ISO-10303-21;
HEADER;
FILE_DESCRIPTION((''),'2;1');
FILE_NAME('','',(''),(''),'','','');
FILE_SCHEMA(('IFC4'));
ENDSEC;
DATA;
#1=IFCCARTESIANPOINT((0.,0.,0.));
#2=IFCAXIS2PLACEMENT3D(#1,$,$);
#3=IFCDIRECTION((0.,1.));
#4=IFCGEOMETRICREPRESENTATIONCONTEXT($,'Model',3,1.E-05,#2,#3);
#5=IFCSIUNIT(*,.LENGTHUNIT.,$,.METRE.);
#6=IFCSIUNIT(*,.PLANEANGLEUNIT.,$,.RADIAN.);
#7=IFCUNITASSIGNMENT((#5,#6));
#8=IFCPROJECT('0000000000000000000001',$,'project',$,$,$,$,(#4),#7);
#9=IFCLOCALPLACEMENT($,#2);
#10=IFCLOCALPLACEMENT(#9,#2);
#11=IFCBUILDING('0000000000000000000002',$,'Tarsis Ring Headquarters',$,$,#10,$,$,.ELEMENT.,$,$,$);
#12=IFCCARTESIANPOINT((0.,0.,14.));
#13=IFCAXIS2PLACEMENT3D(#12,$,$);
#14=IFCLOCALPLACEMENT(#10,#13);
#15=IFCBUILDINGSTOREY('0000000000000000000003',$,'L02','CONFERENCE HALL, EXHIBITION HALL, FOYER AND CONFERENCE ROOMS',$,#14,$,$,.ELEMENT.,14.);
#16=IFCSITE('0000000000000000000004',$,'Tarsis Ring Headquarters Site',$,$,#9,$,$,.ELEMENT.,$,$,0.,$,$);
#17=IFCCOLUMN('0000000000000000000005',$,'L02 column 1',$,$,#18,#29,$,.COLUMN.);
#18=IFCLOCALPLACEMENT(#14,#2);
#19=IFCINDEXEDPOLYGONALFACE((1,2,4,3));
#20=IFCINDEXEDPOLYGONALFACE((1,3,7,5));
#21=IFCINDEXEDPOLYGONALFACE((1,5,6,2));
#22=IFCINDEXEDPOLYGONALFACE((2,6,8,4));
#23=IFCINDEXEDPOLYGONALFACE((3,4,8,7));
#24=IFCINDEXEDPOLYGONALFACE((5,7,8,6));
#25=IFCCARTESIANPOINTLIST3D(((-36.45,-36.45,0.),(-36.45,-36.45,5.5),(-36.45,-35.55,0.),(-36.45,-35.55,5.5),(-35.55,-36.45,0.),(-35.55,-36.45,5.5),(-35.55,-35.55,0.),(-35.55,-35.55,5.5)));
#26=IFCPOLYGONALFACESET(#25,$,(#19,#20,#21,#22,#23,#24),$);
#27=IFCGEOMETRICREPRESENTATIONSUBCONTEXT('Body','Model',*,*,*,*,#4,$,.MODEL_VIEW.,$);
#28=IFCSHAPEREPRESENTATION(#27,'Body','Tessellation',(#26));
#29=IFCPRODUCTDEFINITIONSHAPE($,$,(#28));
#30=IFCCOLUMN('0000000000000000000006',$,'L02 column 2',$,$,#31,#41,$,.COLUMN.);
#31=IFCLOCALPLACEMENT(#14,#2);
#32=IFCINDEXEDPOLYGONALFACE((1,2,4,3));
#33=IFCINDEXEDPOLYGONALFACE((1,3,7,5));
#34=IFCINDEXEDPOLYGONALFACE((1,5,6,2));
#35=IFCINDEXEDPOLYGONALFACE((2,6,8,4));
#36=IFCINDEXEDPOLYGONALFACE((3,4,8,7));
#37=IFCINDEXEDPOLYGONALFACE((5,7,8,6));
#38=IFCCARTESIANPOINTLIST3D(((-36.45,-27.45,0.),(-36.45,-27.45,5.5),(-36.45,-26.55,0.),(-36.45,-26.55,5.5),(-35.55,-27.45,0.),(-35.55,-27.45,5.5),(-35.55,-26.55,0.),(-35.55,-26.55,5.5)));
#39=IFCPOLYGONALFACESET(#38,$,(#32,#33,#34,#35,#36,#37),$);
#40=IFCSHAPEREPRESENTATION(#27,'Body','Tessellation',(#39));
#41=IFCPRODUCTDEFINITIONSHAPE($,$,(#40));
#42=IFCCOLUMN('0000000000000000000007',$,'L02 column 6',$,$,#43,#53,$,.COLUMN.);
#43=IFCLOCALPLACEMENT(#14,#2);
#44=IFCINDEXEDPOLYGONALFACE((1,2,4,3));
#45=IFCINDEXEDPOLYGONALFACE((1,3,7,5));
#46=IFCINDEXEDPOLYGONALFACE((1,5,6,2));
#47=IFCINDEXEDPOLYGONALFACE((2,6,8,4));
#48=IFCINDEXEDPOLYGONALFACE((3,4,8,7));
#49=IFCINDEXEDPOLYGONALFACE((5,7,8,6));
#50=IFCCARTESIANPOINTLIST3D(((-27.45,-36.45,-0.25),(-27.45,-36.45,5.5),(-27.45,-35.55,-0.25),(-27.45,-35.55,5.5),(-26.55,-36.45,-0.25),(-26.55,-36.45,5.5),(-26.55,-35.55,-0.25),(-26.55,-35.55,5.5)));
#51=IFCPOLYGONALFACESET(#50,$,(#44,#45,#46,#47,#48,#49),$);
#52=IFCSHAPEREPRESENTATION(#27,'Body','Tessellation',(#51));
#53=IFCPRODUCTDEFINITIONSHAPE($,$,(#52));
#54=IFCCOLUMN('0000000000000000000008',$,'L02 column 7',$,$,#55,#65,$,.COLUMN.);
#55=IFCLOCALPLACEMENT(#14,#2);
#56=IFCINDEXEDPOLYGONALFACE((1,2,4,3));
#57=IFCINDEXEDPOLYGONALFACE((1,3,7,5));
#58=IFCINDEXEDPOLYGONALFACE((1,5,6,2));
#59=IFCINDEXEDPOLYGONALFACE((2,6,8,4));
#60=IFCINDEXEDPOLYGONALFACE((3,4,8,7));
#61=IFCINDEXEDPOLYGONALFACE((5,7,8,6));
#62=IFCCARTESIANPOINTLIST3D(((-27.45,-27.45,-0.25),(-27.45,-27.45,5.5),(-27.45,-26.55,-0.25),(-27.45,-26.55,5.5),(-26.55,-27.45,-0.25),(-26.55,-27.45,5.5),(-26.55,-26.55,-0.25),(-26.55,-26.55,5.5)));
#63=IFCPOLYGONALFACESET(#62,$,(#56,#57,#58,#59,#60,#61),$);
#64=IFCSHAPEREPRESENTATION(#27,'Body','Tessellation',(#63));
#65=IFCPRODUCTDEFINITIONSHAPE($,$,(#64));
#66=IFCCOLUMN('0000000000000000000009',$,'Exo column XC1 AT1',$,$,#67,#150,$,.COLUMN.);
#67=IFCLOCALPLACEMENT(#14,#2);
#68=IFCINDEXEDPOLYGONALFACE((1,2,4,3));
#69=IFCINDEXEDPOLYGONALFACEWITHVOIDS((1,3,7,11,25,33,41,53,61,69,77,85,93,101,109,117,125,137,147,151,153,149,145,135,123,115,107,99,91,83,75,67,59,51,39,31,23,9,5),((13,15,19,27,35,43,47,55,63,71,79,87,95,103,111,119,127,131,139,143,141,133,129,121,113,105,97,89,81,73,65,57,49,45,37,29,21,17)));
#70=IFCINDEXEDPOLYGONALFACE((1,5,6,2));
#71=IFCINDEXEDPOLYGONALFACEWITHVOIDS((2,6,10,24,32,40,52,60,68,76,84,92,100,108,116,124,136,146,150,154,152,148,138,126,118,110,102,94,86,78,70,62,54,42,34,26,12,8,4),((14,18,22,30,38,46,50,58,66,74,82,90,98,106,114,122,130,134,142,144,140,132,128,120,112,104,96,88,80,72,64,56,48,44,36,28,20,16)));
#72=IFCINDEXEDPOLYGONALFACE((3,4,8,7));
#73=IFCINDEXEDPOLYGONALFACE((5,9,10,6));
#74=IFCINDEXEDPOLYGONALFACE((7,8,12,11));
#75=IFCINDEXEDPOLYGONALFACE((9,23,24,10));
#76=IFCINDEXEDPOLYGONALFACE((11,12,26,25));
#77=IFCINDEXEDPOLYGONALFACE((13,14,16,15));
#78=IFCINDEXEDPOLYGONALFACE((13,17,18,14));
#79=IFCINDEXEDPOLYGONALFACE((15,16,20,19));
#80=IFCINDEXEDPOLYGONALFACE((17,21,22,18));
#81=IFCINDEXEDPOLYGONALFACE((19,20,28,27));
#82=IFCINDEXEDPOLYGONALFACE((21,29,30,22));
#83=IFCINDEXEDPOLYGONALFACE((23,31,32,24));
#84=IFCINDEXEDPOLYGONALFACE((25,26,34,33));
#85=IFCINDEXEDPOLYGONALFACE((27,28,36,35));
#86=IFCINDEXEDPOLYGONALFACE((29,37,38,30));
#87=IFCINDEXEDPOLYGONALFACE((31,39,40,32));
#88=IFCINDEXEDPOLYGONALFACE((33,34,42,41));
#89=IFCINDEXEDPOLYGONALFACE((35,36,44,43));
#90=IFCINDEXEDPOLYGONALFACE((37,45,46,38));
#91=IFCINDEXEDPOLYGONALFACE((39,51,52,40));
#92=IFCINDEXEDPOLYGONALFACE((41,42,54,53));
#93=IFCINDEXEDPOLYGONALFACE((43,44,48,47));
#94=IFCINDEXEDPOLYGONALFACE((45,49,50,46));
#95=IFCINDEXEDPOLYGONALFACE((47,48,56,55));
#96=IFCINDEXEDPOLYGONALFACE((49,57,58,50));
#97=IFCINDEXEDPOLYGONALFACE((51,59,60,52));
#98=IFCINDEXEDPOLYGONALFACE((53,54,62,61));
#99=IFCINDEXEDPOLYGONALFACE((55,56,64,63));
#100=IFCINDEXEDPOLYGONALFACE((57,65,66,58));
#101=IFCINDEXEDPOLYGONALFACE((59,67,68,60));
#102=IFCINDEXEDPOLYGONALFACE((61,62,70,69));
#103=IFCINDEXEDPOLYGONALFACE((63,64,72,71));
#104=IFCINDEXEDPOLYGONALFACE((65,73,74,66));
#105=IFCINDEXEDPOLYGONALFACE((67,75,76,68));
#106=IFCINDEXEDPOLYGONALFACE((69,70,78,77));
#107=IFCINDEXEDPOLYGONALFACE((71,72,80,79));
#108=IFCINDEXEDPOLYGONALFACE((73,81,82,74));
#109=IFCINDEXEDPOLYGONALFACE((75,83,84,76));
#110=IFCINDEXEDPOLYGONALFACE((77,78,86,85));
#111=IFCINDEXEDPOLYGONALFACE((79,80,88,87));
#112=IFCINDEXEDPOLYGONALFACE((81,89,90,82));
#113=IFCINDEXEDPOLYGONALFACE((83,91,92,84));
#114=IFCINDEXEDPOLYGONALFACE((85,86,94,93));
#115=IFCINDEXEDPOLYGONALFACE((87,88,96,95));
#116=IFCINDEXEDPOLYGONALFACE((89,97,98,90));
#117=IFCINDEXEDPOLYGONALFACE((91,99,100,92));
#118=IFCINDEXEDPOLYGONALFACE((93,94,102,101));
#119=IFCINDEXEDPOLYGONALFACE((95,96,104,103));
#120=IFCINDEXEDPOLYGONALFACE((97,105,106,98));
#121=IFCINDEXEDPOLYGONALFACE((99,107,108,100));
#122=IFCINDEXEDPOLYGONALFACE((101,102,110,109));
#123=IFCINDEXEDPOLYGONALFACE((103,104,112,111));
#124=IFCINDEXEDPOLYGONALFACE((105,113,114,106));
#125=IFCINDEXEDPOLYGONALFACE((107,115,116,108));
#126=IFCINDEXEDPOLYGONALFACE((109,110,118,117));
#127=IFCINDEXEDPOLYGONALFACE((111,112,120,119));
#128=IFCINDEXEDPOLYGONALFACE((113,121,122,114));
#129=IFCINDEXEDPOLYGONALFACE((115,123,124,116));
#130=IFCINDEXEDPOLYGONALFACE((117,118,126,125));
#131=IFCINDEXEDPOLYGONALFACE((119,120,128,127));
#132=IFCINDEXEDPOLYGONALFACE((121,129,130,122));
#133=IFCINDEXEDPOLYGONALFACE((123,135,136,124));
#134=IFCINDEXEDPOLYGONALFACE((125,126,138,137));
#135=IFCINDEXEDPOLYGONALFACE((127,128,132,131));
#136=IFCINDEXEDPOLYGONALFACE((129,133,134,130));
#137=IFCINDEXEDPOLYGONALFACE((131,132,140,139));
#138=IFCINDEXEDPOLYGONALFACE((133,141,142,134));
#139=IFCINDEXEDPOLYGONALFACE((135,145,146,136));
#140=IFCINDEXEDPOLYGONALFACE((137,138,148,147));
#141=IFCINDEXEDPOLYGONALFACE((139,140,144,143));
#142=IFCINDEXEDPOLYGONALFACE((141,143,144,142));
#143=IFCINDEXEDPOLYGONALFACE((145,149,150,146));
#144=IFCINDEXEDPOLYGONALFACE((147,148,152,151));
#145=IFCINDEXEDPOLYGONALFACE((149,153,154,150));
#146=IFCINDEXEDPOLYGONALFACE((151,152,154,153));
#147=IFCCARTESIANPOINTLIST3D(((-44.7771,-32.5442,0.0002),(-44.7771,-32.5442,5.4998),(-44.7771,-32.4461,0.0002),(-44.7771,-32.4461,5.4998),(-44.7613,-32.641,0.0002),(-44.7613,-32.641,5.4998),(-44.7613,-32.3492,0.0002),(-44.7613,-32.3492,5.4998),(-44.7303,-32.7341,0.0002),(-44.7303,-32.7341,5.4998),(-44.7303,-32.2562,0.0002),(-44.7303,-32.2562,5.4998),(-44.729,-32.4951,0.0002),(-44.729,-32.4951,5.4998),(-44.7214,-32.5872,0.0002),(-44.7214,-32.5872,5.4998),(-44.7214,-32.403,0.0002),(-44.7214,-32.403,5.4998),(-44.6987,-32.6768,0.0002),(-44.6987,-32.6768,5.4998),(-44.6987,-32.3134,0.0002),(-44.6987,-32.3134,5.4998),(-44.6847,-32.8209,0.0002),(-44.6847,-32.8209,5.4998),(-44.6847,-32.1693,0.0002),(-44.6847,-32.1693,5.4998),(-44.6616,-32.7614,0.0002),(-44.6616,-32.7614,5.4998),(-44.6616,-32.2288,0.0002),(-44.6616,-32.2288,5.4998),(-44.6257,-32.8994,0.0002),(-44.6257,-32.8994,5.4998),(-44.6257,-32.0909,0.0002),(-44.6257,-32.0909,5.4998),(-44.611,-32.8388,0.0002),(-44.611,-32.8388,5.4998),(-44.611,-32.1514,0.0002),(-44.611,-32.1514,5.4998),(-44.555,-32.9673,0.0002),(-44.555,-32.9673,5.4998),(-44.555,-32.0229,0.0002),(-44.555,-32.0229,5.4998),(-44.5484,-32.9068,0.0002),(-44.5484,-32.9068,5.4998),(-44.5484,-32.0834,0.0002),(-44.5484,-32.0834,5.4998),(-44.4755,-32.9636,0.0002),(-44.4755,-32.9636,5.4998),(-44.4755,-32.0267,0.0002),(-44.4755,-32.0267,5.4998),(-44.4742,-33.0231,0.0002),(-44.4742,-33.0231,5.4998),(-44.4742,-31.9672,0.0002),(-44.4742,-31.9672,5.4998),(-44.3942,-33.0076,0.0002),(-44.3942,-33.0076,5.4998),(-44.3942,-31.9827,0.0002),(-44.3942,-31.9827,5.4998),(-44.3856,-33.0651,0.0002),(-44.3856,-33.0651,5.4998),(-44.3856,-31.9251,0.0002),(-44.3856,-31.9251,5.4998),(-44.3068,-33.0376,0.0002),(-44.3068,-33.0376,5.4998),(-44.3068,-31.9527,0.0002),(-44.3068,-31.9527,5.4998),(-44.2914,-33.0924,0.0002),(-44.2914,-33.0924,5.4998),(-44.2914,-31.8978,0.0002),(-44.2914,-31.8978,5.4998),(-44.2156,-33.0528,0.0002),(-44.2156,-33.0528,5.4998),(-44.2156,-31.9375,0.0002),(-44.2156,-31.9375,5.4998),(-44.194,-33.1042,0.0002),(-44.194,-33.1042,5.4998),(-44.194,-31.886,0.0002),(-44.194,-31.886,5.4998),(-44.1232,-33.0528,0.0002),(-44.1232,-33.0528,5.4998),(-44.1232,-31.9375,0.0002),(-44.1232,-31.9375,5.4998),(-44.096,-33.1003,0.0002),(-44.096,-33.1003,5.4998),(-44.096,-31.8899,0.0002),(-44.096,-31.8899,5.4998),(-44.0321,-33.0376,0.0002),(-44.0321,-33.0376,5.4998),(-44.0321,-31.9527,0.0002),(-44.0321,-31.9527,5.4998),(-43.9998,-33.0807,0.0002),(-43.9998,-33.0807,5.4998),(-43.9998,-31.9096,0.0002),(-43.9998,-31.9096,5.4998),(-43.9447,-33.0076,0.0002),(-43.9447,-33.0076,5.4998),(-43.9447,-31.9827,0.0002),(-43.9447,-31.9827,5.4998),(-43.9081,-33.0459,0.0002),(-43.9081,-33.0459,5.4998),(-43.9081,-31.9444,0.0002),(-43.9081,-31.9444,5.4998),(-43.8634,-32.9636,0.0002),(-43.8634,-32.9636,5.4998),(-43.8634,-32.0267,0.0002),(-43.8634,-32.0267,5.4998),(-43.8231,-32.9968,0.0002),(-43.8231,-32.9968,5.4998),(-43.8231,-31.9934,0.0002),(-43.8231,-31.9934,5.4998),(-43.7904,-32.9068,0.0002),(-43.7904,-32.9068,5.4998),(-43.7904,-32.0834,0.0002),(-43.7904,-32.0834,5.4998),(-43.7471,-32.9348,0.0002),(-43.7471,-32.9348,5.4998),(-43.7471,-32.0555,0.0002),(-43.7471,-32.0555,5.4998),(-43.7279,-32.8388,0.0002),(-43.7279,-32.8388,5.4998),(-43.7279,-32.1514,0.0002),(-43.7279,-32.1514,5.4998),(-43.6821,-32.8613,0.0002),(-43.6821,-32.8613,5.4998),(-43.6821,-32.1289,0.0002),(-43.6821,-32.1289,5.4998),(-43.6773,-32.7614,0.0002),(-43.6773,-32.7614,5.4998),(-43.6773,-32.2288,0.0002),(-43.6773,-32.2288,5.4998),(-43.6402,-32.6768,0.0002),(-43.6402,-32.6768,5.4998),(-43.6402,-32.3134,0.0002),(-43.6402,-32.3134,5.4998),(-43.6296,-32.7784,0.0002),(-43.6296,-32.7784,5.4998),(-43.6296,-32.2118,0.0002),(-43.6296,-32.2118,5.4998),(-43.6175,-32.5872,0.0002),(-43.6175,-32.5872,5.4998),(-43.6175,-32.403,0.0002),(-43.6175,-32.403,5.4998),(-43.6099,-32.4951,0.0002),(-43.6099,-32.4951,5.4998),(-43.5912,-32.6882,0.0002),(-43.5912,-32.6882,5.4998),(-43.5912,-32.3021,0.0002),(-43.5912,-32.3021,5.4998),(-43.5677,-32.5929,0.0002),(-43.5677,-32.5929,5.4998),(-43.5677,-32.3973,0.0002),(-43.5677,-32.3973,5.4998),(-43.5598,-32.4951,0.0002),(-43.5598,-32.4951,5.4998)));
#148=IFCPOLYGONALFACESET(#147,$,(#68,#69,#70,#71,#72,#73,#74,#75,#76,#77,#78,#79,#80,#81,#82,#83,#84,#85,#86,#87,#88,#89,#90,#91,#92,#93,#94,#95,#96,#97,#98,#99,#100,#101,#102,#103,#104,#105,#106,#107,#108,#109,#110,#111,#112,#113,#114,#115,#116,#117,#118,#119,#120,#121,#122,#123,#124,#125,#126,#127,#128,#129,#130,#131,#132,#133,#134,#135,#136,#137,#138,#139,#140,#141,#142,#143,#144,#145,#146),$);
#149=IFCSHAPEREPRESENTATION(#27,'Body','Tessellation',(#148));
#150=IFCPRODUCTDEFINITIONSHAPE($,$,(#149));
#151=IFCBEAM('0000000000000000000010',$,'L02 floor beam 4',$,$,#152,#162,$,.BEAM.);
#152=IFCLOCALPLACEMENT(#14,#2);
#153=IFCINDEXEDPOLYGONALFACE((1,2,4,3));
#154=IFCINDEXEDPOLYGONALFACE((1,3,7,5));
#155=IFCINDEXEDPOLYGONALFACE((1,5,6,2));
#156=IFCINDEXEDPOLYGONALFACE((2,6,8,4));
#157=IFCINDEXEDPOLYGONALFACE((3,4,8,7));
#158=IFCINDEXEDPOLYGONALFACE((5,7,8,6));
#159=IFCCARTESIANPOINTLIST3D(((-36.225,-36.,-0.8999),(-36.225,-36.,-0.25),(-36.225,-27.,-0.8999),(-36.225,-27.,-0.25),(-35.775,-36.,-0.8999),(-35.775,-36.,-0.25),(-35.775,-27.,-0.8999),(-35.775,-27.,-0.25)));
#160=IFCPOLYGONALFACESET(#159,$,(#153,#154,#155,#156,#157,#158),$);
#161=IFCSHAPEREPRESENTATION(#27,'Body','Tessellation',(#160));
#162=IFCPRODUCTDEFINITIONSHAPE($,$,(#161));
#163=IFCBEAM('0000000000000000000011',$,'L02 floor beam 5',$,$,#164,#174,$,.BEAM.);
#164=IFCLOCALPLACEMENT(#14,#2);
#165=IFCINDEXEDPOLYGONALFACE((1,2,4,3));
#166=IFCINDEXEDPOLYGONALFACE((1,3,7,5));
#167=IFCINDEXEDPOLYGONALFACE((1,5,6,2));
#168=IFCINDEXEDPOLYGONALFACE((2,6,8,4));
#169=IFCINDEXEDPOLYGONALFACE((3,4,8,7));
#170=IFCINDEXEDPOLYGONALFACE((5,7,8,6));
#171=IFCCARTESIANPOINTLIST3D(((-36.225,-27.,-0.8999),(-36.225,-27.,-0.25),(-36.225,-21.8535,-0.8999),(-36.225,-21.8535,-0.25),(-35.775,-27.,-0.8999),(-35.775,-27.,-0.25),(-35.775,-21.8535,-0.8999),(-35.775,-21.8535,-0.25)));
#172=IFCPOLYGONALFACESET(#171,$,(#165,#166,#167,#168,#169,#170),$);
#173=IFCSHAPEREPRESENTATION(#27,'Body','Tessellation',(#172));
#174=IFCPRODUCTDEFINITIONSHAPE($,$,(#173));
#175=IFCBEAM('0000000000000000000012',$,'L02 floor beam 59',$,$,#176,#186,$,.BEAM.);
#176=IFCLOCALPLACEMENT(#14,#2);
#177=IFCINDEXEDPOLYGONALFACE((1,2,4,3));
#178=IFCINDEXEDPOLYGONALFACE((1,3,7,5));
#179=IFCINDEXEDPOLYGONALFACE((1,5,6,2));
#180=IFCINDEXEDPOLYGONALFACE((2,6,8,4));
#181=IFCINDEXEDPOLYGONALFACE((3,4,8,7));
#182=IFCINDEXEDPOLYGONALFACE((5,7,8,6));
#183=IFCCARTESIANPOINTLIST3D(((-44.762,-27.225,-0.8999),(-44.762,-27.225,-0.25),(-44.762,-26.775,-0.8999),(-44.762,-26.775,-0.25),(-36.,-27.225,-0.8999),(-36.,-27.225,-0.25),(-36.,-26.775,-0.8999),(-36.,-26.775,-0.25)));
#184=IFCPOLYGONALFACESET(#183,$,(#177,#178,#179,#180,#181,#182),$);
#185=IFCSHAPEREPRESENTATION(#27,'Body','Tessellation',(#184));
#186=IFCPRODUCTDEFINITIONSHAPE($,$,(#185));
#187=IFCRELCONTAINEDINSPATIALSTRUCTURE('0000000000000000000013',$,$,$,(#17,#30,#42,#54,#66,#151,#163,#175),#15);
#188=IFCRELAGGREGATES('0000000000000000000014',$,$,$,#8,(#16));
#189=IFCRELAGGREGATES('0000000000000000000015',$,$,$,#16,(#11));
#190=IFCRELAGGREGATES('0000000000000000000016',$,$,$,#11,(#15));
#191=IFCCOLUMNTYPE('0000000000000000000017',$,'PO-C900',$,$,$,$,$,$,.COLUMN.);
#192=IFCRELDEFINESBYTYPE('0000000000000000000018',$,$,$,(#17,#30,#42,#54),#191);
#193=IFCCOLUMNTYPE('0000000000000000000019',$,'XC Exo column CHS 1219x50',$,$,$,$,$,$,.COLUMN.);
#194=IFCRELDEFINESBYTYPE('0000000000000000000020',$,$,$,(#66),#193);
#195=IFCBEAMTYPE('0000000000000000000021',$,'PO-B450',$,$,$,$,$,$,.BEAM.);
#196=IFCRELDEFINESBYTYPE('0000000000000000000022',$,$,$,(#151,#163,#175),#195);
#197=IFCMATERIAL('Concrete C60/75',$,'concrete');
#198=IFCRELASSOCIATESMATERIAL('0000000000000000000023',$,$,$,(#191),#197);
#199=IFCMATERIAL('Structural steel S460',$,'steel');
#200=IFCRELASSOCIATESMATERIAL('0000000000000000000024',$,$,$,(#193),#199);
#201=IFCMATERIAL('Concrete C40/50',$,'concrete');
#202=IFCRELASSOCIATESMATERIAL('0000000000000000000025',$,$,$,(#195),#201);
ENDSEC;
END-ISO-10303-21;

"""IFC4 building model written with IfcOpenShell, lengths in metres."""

from ifc_helpers import new_model, si_unit, direction, frame, origin, origin_2d, place, context, subcontext, project, spatial, rectangle, hollow_circle, extrude, material, material_profile, profile_set, type_object, element, save


model = new_model("IFC4")

# Units and contexts
model_context = context("Model", 3, precision=1e-05, world=origin(), true_north=direction((0.0, 1.0)))
body_context = subcontext(model_context, "Body", "Model", "MODEL_VIEW")
ifc_project = project(units=[si_unit("LENGTHUNIT", "METRE"), si_unit("PLANEANGLEUNIT", "RADIAN")], contexts=[model_context])

# Site, building, storey
site_placement = place(None, origin())
site = spatial("IfcSite", under=ifc_project, at=site_placement, Name="Tarsis Ring Headquarters Site", CompositionType="ELEMENT", RefElevation=0.0)
building_placement = place(site_placement, origin())
building = spatial("IfcBuilding", under=site, at=building_placement, Name="Tarsis Ring Headquarters", CompositionType="ELEMENT")
storey_placement = place(building_placement, frame((0.0, 0.0, 14.0)))
storey = spatial("IfcBuildingStorey", under=building, at=storey_placement, Name="L02", Description="CONFERENCE HALL, EXHIBITION HALL, FOYER AND CONFERENCE ROOMS", CompositionType="ELEMENT", Elevation=14.0)

# Columns
ifc_material_1 = material(Name="Concrete C60/75", Category="concrete")
ifc_material_profile_1 = material_profile(ifc_material_1, rectangle(XDim=0.8999, YDim=0.8999, at=origin_2d()), Name="PO-C900")
ifc_profile_set_1 = profile_set([ifc_material_profile_1], Name="Concrete C60/75")
column_type_1 = type_object("IfcColumnType", Name="PO-C900", PredefinedType="COLUMN", material=ifc_profile_set_1)
for number, where, z_axis, x_axis, name in (
    (1, (-36.0, -36.0, 0.0), (0.0, 0.0, 1.0), (1.0, 0.0, 0.0), "L02 column 1"),
    (2, (-36.0, -27.0, 0.0), (0.0, 0.0, 1.0), (1.0, 0.0, 0.0), "L02 column 2"),
):
    element("IfcColumn", number, at=place(storey_placement, frame(where, z_axis=z_axis, x_axis=x_axis)), inside=storey, type_object=column_type_1, Name=name, PredefinedType="COLUMN", context=body_context, shape_type="SweptSolid", body=[
        extrude(rectangle(XDim=0.8999, YDim=0.8999, at=origin_2d()), origin(), (0.0, 0.0, 1.0), 5.5),
    ])
for number, where, z_axis, x_axis, name in (
    (3, (-27.0, -36.0, -0.25), (0.0, 0.0, 1.0), (1.0, 0.0, 0.0), "L02 column 6"),
    (4, (-27.0, -27.0, -0.25), (0.0, 0.0, 1.0), (1.0, 0.0, 0.0), "L02 column 7"),
):
    element("IfcColumn", number, at=place(storey_placement, frame(where, z_axis=z_axis, x_axis=x_axis)), inside=storey, type_object=column_type_1, Name=name, PredefinedType="COLUMN", context=body_context, shape_type="SweptSolid", body=[
        extrude(rectangle(XDim=0.8999, YDim=0.8999, at=origin_2d()), origin(), (0.0, 0.0, 1.0), 5.75),
    ])
ifc_material_2 = material(Name="Structural steel S460", Category="steel")
ifc_material_profile_2 = material_profile(ifc_material_2, hollow_circle(Radius=0.6096, WallThickness=0.05, at=origin_2d()), Name="CHS 1219x50")
ifc_profile_set_2 = profile_set([ifc_material_profile_2], Name="Structural steel S460")
column_type_2 = type_object("IfcColumnType", Name="XC Exo column CHS 1219x50", PredefinedType="COLUMN", material=ifc_profile_set_2)
column_placement = place(storey_placement, frame((-44.1694, -32.4951, 0.0002), z_axis=(0.0, 0.0, 1.0), x_axis=(1.0, 0.0, 0.0)))
element("IfcColumn", 5, at=column_placement, inside=storey, type_object=column_type_2, Name="Exo column XC1 AT1", PredefinedType="COLUMN", context=body_context, shape_type="SweptSolid", body=[
    extrude(hollow_circle(Radius=0.6096, WallThickness=0.05, at=origin_2d()), origin(), (0.0, 0.0, 1.0), 5.4995),
])

# Beams
ifc_material_3 = material(Name="Concrete C40/50", Category="concrete")
ifc_material_profile_3 = material_profile(ifc_material_3, rectangle(XDim=0.45, YDim=0.6499, at=origin_2d()), Name="PO-B450")
ifc_profile_set_3 = profile_set([ifc_material_profile_3], Name="Concrete C40/50")
beam_type_1 = type_object("IfcBeamType", Name="PO-B450", PredefinedType="BEAM", material=ifc_profile_set_3)
beam_1_placement = place(storey_placement, frame((-36.0, -36.0, -0.575), z_axis=(0.0, 1.0, 0.0), x_axis=(-1.0, 0.0, 0.0)))
element("IfcBeam", 6, at=beam_1_placement, inside=storey, type_object=beam_type_1, Name="L02 floor beam 4", PredefinedType="BEAM", context=body_context, shape_type="SweptSolid", body=[
    extrude(rectangle(XDim=0.45, YDim=0.6499, at=origin_2d()), origin(), (0.0, 0.0, 1.0), 9.0),
])
beam_2_placement = place(storey_placement, frame((-36.0, -27.0, -0.575), z_axis=(0.0, 1.0, 0.0), x_axis=(-1.0, 0.0, 0.0)))
element("IfcBeam", 7, at=beam_2_placement, inside=storey, type_object=beam_type_1, Name="L02 floor beam 5", PredefinedType="BEAM", context=body_context, shape_type="SweptSolid", body=[
    extrude(rectangle(XDim=0.45, YDim=0.6499, at=origin_2d()), origin(), (0.0, 0.0, 1.0), 5.1465),
])
beam_3_placement = place(storey_placement, frame((-44.762, -27.0, -0.575), z_axis=(1.0, 0.0, 0.0), x_axis=(0.0, 1.0, 0.0)))
element("IfcBeam", 8, at=beam_3_placement, inside=storey, type_object=beam_type_1, Name="L02 floor beam 59", PredefinedType="BEAM", context=body_context, shape_type="SweptSolid", body=[
    extrude(rectangle(XDim=0.45, YDim=0.6499, at=origin_2d()), origin(), (0.0, 0.0, 1.0), 8.762),
])

save(model, "model.ifc")
